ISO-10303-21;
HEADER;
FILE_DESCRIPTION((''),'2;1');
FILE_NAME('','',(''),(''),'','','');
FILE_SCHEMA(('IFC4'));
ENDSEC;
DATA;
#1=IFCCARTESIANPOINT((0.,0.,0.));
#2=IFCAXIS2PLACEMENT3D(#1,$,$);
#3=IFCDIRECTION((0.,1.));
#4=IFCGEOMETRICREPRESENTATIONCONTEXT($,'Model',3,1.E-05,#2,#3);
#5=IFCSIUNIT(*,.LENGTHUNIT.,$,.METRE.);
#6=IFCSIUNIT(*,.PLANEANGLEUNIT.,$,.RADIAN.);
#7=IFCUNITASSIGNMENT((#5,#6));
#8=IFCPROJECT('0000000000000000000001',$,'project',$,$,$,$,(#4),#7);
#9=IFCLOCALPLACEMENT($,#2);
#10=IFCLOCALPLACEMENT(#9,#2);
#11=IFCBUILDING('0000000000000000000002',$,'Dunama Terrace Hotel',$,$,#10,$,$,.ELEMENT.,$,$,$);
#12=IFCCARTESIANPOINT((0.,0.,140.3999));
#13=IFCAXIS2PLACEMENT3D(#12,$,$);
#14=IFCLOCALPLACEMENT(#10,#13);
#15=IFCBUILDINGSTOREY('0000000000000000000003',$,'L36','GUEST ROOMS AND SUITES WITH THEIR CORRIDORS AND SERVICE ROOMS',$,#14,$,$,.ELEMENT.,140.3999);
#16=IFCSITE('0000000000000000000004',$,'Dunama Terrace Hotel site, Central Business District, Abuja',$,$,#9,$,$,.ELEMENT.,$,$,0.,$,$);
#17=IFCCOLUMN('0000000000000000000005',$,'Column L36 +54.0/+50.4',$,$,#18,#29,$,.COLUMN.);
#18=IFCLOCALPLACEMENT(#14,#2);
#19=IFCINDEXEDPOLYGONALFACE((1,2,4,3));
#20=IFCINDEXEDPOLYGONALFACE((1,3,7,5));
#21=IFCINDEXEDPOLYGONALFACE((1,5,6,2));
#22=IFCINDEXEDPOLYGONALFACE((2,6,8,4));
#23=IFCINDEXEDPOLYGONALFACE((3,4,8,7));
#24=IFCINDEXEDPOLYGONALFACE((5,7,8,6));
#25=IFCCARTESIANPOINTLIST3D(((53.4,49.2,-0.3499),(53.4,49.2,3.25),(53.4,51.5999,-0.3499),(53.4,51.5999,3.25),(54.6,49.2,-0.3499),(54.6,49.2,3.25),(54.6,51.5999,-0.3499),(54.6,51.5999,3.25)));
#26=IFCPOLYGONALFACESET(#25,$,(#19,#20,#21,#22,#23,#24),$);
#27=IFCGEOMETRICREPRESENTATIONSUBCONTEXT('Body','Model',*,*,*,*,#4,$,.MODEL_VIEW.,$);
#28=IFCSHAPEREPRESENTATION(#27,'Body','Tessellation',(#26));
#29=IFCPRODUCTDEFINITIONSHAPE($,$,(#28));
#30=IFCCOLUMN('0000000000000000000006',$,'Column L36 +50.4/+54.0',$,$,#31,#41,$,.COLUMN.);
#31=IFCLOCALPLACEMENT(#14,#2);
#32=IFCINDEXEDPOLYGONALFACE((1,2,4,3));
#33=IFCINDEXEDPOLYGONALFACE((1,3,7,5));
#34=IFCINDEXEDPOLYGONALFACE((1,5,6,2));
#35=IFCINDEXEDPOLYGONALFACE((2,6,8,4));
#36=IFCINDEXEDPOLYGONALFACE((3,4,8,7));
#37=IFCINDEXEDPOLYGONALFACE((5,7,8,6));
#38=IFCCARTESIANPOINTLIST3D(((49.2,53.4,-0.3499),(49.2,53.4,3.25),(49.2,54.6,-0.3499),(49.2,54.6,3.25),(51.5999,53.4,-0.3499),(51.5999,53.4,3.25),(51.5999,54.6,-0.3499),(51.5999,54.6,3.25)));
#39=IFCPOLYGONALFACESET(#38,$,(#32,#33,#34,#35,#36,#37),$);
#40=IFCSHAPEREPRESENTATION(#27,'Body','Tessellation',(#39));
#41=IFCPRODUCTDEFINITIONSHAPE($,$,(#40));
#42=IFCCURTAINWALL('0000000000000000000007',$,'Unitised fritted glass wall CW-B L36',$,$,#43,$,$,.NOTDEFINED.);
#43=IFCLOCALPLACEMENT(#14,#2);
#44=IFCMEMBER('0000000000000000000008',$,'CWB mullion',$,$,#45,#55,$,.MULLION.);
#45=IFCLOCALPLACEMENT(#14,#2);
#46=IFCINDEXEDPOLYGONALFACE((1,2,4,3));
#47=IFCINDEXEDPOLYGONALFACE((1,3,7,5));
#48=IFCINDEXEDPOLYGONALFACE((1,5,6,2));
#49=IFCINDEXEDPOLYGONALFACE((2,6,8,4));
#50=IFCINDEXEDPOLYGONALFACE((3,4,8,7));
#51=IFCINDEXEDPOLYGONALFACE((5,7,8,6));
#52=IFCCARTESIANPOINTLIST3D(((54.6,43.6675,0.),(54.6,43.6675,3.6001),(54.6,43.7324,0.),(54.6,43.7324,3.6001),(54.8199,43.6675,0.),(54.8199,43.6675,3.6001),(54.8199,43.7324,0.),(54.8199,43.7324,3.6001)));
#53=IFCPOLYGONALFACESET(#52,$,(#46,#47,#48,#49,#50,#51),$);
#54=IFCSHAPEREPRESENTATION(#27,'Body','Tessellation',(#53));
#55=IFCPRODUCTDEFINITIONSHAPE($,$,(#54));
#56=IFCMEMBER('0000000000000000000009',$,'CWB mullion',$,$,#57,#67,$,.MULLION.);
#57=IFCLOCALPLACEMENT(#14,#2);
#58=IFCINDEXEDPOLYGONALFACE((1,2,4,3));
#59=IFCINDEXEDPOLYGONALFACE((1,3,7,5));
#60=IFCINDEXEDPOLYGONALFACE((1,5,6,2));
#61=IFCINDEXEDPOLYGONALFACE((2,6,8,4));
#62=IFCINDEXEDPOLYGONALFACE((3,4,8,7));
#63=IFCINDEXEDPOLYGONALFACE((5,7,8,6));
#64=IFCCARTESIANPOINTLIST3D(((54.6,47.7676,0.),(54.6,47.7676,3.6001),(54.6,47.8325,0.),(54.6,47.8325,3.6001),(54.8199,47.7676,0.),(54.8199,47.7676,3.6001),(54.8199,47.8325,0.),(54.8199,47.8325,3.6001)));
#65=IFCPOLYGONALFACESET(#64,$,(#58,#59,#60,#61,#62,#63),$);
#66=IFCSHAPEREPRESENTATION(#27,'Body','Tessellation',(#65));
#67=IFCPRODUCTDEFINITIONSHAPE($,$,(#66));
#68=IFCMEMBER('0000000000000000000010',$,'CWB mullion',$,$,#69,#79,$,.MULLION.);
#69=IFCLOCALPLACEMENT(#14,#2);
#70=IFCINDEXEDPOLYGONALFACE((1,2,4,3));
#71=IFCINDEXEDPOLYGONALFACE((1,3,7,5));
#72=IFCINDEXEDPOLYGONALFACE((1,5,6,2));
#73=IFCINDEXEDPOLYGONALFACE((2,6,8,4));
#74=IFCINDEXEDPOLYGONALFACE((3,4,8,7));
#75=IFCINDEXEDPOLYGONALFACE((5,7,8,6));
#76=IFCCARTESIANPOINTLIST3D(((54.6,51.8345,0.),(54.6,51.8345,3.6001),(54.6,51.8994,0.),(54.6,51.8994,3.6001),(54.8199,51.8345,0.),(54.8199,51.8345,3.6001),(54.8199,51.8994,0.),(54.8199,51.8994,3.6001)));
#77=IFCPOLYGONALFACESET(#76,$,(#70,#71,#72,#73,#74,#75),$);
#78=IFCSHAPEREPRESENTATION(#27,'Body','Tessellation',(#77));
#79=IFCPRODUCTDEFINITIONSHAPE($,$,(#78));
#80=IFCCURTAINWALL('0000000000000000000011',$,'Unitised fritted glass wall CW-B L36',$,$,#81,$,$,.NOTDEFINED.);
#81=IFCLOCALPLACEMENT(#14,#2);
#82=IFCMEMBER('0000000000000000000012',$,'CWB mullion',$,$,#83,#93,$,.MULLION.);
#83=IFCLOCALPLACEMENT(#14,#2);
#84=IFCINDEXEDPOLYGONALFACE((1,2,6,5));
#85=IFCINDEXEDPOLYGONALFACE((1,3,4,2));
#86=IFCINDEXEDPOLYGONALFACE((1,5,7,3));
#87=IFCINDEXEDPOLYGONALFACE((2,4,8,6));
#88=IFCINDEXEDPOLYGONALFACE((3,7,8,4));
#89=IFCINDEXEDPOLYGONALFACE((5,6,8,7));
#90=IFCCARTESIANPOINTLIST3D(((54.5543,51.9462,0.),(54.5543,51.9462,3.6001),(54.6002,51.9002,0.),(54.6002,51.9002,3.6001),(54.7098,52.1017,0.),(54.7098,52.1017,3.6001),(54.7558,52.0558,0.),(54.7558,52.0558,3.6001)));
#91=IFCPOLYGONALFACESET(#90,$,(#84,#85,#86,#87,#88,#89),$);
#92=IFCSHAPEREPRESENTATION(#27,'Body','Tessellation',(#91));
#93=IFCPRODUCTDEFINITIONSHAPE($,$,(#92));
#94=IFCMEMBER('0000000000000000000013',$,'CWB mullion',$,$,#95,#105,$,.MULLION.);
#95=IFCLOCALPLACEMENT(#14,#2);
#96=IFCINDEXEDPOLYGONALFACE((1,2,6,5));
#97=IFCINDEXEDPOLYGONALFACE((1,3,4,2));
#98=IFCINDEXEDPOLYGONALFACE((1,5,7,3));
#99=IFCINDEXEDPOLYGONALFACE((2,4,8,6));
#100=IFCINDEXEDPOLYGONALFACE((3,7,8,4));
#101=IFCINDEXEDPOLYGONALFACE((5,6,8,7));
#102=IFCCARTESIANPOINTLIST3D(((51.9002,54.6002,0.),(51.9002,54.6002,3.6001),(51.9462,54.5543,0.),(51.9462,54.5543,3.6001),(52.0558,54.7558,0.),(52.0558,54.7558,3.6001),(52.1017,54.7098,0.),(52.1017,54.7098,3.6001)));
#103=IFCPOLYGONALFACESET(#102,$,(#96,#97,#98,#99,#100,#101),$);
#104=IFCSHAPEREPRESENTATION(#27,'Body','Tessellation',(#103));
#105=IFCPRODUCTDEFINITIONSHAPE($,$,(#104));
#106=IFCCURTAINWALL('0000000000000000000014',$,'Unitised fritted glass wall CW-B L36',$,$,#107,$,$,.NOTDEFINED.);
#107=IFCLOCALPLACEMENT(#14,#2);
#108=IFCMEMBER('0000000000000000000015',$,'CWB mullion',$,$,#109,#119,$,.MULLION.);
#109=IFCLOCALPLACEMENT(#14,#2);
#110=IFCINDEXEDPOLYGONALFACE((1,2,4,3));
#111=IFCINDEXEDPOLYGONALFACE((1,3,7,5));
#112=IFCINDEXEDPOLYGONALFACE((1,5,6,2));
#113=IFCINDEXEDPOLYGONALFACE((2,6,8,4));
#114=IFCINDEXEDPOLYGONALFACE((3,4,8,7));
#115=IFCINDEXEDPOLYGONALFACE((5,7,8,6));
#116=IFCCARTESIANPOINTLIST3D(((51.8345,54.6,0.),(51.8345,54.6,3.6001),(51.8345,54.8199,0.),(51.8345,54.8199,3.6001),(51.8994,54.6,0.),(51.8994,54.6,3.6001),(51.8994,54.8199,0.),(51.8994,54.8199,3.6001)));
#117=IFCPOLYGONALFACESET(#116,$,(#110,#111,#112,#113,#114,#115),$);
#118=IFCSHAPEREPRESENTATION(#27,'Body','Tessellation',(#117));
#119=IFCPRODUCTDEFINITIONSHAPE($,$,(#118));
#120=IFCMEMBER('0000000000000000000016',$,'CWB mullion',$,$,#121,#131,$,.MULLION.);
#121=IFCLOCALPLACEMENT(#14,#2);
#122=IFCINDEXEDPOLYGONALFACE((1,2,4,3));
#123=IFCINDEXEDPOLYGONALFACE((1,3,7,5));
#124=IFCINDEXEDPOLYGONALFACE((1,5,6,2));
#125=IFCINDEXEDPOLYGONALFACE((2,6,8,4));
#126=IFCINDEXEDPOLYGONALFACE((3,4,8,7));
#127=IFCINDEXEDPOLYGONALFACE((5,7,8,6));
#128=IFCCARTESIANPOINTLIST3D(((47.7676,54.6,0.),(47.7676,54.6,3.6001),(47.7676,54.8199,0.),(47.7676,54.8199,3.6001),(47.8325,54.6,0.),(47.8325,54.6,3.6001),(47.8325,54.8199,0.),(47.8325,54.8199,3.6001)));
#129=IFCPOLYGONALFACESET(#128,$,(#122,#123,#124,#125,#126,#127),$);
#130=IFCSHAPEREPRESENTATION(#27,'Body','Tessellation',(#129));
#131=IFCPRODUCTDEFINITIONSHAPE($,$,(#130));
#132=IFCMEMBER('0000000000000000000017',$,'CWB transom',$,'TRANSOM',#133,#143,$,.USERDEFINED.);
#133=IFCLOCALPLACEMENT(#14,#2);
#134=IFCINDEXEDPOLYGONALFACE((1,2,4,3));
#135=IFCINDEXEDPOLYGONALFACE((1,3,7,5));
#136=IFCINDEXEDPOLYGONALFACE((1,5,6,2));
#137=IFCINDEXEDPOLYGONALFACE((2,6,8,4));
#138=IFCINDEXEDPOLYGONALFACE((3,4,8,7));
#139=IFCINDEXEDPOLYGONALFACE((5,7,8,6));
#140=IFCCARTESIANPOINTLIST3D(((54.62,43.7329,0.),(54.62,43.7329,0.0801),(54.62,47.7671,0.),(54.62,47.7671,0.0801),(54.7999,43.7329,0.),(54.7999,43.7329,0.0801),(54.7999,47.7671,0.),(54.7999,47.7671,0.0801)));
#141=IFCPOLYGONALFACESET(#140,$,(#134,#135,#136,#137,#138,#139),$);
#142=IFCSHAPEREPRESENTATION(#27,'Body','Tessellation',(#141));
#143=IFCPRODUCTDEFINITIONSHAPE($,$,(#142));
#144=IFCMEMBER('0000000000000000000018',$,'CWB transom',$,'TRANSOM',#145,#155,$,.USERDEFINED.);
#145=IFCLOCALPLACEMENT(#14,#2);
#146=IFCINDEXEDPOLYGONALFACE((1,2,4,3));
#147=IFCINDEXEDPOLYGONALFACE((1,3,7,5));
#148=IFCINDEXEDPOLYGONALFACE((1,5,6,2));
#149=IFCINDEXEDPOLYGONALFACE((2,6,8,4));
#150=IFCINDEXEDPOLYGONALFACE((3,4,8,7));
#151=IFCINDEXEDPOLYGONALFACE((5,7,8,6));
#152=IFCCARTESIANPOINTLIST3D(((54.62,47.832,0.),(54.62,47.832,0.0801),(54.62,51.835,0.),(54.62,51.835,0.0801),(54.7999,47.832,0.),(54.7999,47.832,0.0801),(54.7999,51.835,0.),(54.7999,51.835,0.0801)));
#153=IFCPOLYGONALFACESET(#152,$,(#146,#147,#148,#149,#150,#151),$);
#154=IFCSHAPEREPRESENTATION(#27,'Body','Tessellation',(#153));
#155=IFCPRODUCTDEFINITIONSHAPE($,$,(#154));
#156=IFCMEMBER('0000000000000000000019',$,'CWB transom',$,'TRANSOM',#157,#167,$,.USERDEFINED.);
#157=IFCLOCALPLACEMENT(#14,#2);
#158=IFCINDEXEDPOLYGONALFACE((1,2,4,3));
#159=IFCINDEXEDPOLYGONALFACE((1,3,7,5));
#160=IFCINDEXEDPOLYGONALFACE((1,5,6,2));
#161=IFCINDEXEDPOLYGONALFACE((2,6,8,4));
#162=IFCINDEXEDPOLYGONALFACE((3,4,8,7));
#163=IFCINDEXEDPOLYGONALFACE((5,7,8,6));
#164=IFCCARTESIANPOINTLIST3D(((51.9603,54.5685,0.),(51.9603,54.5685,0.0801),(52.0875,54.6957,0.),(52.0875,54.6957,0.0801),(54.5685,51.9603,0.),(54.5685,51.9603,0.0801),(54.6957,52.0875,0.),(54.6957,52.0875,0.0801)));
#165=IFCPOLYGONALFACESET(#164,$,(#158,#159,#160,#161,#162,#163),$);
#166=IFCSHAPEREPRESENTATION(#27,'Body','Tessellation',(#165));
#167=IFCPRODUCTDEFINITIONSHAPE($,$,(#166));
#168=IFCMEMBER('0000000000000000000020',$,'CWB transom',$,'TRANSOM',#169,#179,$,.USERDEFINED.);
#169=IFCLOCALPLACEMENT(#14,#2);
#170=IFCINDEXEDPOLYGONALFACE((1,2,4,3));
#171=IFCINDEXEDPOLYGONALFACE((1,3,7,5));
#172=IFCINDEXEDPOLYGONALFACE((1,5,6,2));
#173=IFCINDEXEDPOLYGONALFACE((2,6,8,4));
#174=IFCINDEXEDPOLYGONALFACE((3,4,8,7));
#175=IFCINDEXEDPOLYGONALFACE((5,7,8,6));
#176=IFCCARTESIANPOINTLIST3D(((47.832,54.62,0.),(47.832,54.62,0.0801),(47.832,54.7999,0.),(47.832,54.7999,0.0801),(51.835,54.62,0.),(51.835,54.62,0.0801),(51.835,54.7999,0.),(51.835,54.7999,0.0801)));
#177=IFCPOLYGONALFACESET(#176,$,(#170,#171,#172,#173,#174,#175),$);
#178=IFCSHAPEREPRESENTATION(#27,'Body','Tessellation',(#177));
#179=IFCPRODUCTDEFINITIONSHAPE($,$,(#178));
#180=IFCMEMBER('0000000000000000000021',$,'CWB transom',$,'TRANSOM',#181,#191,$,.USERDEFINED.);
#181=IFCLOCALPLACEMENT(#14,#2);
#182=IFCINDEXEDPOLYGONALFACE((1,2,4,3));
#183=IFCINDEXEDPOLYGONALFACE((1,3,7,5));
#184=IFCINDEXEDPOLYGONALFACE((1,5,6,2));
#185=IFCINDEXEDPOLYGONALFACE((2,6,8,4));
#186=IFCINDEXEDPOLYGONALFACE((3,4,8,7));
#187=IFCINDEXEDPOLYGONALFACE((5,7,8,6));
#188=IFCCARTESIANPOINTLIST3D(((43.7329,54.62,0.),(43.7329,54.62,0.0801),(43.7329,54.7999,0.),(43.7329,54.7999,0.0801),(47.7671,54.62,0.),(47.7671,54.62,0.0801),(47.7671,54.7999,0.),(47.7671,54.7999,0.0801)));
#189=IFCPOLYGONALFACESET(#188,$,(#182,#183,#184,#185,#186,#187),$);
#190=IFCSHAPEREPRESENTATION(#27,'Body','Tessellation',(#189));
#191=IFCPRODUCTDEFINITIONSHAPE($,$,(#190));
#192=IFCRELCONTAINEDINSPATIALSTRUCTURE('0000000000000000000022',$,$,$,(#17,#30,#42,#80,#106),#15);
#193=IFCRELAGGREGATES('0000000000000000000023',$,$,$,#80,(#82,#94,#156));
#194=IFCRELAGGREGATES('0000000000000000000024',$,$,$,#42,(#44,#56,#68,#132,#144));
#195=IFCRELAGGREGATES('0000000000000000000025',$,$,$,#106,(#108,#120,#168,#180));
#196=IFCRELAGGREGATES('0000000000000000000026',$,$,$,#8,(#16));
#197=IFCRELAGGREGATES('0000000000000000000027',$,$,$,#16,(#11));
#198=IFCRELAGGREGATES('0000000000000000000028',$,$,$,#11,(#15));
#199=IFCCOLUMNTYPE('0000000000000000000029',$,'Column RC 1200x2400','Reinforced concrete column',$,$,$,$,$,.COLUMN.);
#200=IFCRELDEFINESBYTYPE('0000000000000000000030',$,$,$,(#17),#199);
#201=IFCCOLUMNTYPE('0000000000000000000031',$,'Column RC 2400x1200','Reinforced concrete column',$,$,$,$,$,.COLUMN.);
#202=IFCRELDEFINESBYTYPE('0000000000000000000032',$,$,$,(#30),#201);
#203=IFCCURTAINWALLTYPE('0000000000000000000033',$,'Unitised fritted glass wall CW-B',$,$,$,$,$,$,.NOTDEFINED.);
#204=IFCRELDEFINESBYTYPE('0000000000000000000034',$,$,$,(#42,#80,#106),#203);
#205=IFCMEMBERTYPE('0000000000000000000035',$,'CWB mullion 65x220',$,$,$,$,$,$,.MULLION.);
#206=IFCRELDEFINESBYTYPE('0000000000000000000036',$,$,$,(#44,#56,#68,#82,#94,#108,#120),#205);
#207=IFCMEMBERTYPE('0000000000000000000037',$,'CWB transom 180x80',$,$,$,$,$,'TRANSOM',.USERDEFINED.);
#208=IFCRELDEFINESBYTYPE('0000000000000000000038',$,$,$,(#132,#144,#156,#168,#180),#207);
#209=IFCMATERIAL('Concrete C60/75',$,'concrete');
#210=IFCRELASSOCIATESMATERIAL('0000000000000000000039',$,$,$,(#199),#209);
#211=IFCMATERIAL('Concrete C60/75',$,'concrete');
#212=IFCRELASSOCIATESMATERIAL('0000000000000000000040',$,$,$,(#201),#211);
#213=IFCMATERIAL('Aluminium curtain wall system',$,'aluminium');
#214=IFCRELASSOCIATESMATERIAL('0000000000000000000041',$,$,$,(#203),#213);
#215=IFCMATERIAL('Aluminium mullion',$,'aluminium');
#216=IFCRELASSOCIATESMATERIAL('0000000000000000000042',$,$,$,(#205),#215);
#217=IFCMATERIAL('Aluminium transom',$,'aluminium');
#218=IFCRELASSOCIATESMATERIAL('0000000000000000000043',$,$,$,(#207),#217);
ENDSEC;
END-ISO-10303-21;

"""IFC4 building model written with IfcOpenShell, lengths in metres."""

from ifc_helpers import new_model, si_unit, direction, frame, origin, origin_2d, place, context, subcontext, project, spatial, rectangle, extrude, material, material_profile, profile_set, type_object, element, aggregate, save


model = new_model("IFC4")

# Units and contexts
model_context = context("Model", 3, precision=1e-05, world=origin(), true_north=direction((0.0, 1.0)))
body_context = subcontext(model_context, "Body", "Model", "MODEL_VIEW")
ifc_project = project(units=[si_unit("LENGTHUNIT", "METRE"), si_unit("PLANEANGLEUNIT", "RADIAN")], contexts=[model_context])

# Site, building, storey
site_placement = place(None, origin())
site = spatial("IfcSite", under=ifc_project, at=site_placement, Name="Dunama Terrace Hotel site, Central Business District, Abuja", CompositionType="ELEMENT", RefElevation=0.0)
building_placement = place(site_placement, origin())
building = spatial("IfcBuilding", under=site, at=building_placement, Name="Dunama Terrace Hotel", CompositionType="ELEMENT")
storey_placement = place(building_placement, frame((0.0, 0.0, 140.3999)))
storey = spatial("IfcBuildingStorey", under=building, at=storey_placement, Name="L36", Description="GUEST ROOMS AND SUITES WITH THEIR CORRIDORS AND SERVICE ROOMS", CompositionType="ELEMENT", Elevation=140.3999)

# Columns
ifc_material_1 = material(Name="Concrete C60/75", Category="concrete")
ifc_material_profile_1 = material_profile(ifc_material_1, rectangle(XDim=1.2, YDim=2.3999, at=origin_2d()), Name="RC 1200x2400")
ifc_profile_set_1 = profile_set([ifc_material_profile_1], Name="Concrete C60/75")
column_type_1 = type_object("IfcColumnType", Name="Column RC 1200x2400", Description="Reinforced concrete column", PredefinedType="COLUMN", material=ifc_profile_set_1)
column_1_placement = place(storey_placement, frame((54.0, 50.3999, -0.3499), z_axis=(0.0, 0.0, 1.0), x_axis=(1.0, 0.0, 0.0)))
element("IfcColumn", 1, at=column_1_placement, inside=storey, type_object=column_type_1, Name="Column L36 +54.0/+50.4", PredefinedType="COLUMN", context=body_context, shape_type="SweptSolid", body=[
    extrude(rectangle(XDim=1.2, YDim=2.3999, at=origin_2d()), origin(), (0.0, 0.0, 1.0), 3.5999),
])
ifc_material_2 = material(Name="Concrete C60/75", Category="concrete")
ifc_material_profile_2 = material_profile(ifc_material_2, rectangle(XDim=2.3999, YDim=1.2, at=origin_2d()), Name="RC 2400x1200")
ifc_profile_set_2 = profile_set([ifc_material_profile_2], Name="Concrete C60/75")
column_type_2 = type_object("IfcColumnType", Name="Column RC 2400x1200", Description="Reinforced concrete column", PredefinedType="COLUMN", material=ifc_profile_set_2)
column_2_placement = place(storey_placement, frame((50.3999, 54.0, -0.3499), z_axis=(0.0, 0.0, 1.0), x_axis=(1.0, 0.0, 0.0)))
element("IfcColumn", 2, at=column_2_placement, inside=storey, type_object=column_type_2, Name="Column L36 +50.4/+54.0", PredefinedType="COLUMN", context=body_context, shape_type="SweptSolid", body=[
    extrude(rectangle(XDim=2.3999, YDim=1.2, at=origin_2d()), origin(), (0.0, 0.0, 1.0), 3.5999),
])

# Curtain walls, members
ifc_material_3 = material(Name="Aluminium curtain wall system", Category="aluminium")
curtain_wall_type = type_object("IfcCurtainWallType", Name="Unitised fritted glass wall CW-B", PredefinedType="NOTDEFINED", material=ifc_material_3)
curtain_wall_1_placement = place(storey_placement, origin())
curtain_wall_1 = element("IfcCurtainWall", 3, at=curtain_wall_1_placement, inside=storey, type_object=curtain_wall_type, Name="Unitised fritted glass wall CW-B L36", PredefinedType="NOTDEFINED")
ifc_material_4 = material(Name="Aluminium mullion", Category="aluminium")
ifc_material_profile_3 = material_profile(ifc_material_4, rectangle(XDim=0.0649, YDim=0.22, at=origin_2d()), Name="CWB MULLION 65X220")
ifc_profile_set_3 = profile_set([ifc_material_profile_3], Name="Aluminium mullion")
member_type_1 = type_object("IfcMemberType", Name="CWB mullion 65x220", PredefinedType="MULLION", material=ifc_profile_set_3)
member_1_placement = place(storey_placement, frame((54.71, 43.7, 0.0), z_axis=(0.0, 0.0, 1.0), x_axis=(0.0, 1.0, 0.0)))
member_1 = element("IfcMember", 4, at=member_1_placement, type_object=member_type_1, Name="CWB mullion", PredefinedType="MULLION", context=body_context, shape_type="SweptSolid", body=[
    extrude(rectangle(XDim=0.0649, YDim=0.22, at=origin_2d()), origin(), (0.0, 0.0, 1.0), 3.6001),
])
member_2_placement = place(storey_placement, frame((54.71, 47.8, 0.0), z_axis=(0.0, 0.0, 1.0), x_axis=(0.0, 1.0, 0.0)))
member_2 = element("IfcMember", 5, at=member_2_placement, type_object=member_type_1, Name="CWB mullion", PredefinedType="MULLION", context=body_context, shape_type="SweptSolid", body=[
    extrude(rectangle(XDim=0.0649, YDim=0.22, at=origin_2d()), origin(), (0.0, 0.0, 1.0), 3.6001),
])
member_3_placement = place(storey_placement, frame((54.71, 51.8669, 0.0), z_axis=(0.0, 0.0, 1.0), x_axis=(0.0, 1.0, 0.0)))
member_3 = element("IfcMember", 6, at=member_3_placement, type_object=member_type_1, Name="CWB mullion", PredefinedType="MULLION", context=body_context, shape_type="SweptSolid", body=[
    extrude(rectangle(XDim=0.0649, YDim=0.22, at=origin_2d()), origin(), (0.0, 0.0, 1.0), 3.6001),
])
curtain_wall_2_placement = place(storey_placement, origin())
curtain_wall_2 = element("IfcCurtainWall", 7, at=curtain_wall_2_placement, inside=storey, type_object=curtain_wall_type, Name="Unitised fritted glass wall CW-B L36", PredefinedType="NOTDEFINED")
member_4_placement = place(storey_placement, frame((54.655, 52.001, 0.0), z_axis=(0.0, 0.0, 1.0), x_axis=(-0.707107, 0.707107, 0.0)))
member_4 = element("IfcMember", 8, at=member_4_placement, type_object=member_type_1, Name="CWB mullion", PredefinedType="MULLION", context=body_context, shape_type="SweptSolid", body=[
    extrude(rectangle(XDim=0.0649, YDim=0.22, at=origin_2d()), origin(), (0.0, 0.0, 1.0), 3.6001),
])
member_5_placement = place(storey_placement, frame((52.001, 54.655, 0.0), z_axis=(0.0, 0.0, 1.0), x_axis=(-0.707107, 0.707107, 0.0)))
member_5 = element("IfcMember", 9, at=member_5_placement, type_object=member_type_1, Name="CWB mullion", PredefinedType="MULLION", context=body_context, shape_type="SweptSolid", body=[
    extrude(rectangle(XDim=0.0649, YDim=0.22, at=origin_2d()), origin(), (0.0, 0.0, 1.0), 3.6001),
])
curtain_wall_3_placement = place(storey_placement, origin())
curtain_wall_3 = element("IfcCurtainWall", 10, at=curtain_wall_3_placement, inside=storey, type_object=curtain_wall_type, Name="Unitised fritted glass wall CW-B L36", PredefinedType="NOTDEFINED")
member_6_placement = place(storey_placement, frame((51.8669, 54.71, 0.0), z_axis=(0.0, 0.0, 1.0), x_axis=(-1.0, 0.0, 0.0)))
member_6 = element("IfcMember", 11, at=member_6_placement, type_object=member_type_1, Name="CWB mullion", PredefinedType="MULLION", context=body_context, shape_type="SweptSolid", body=[
    extrude(rectangle(XDim=0.0649, YDim=0.22, at=origin_2d()), origin(), (0.0, 0.0, 1.0), 3.6001),
])
member_7_placement = place(storey_placement, frame((47.8, 54.71, 0.0), z_axis=(0.0, 0.0, 1.0), x_axis=(-1.0, 0.0, 0.0)))
member_7 = element("IfcMember", 12, at=member_7_placement, type_object=member_type_1, Name="CWB mullion", PredefinedType="MULLION", context=body_context, shape_type="SweptSolid", body=[
    extrude(rectangle(XDim=0.0649, YDim=0.22, at=origin_2d()), origin(), (0.0, 0.0, 1.0), 3.6001),
])

# Members
ifc_material_5 = material(Name="Aluminium transom", Category="aluminium")
ifc_material_profile_4 = material_profile(ifc_material_5, rectangle(XDim=0.1799, YDim=0.0801, at=origin_2d()), Name="CWB TRANSOM 180X80")
ifc_profile_set_4 = profile_set([ifc_material_profile_4], Name="Aluminium transom")
member_type_2 = type_object("IfcMemberType", Name="CWB transom 180x80", ElementType="TRANSOM", PredefinedType="USERDEFINED", material=ifc_profile_set_4)
member_8_placement = place(storey_placement, frame((54.71, 43.7329, 0.04), z_axis=(0.0, 1.0, 0.0), x_axis=(-1.0, 0.0, 0.0)))
member_8 = element("IfcMember", 13, at=member_8_placement, type_object=member_type_2, Name="CWB transom", ObjectType="TRANSOM", PredefinedType="USERDEFINED", context=body_context, shape_type="SweptSolid", body=[
    extrude(rectangle(XDim=0.1799, YDim=0.0801, at=origin_2d()), origin(), (0.0, 0.0, 1.0), 4.0342),
])
member_9_placement = place(storey_placement, frame((54.71, 47.832, 0.04), z_axis=(0.0, 1.0, 0.0), x_axis=(-1.0, 0.0, 0.0)))
member_9 = element("IfcMember", 14, at=member_9_placement, type_object=member_type_2, Name="CWB transom", ObjectType="TRANSOM", PredefinedType="USERDEFINED", context=body_context, shape_type="SweptSolid", body=[
    extrude(rectangle(XDim=0.1799, YDim=0.0801, at=origin_2d()), origin(), (0.0, 0.0, 1.0), 4.0029),
])
member_10_placement = place(storey_placement, frame((54.6321, 52.0239, 0.04), z_axis=(-0.707107, 0.707107, 0.0), x_axis=(-0.707107, -0.707107, 0.0)))
member_10 = element("IfcMember", 15, at=member_10_placement, type_object=member_type_2, Name="CWB transom", ObjectType="TRANSOM", PredefinedType="USERDEFINED", context=body_context, shape_type="SweptSolid", body=[
    extrude(rectangle(XDim=0.1799, YDim=0.0801, at=origin_2d()), origin(), (0.0, 0.0, 1.0), 3.6885),
])
member_11_placement = place(storey_placement, frame((51.835, 54.71, 0.04), z_axis=(-1.0, 0.0, 0.0), x_axis=(0.0, -1.0, 0.0)))
member_11 = element("IfcMember", 16, at=member_11_placement, type_object=member_type_2, Name="CWB transom", ObjectType="TRANSOM", PredefinedType="USERDEFINED", context=body_context, shape_type="SweptSolid", body=[
    extrude(rectangle(XDim=0.1799, YDim=0.0801, at=origin_2d()), origin(), (0.0, 0.0, 1.0), 4.0029),
])
member_12_placement = place(storey_placement, frame((47.7671, 54.71, 0.04), z_axis=(-1.0, 0.0, 0.0), x_axis=(0.0, -1.0, 0.0)))
member_12 = element("IfcMember", 17, at=member_12_placement, type_object=member_type_2, Name="CWB transom", ObjectType="TRANSOM", PredefinedType="USERDEFINED", context=body_context, shape_type="SweptSolid", body=[
    extrude(rectangle(XDim=0.1799, YDim=0.0801, at=origin_2d()), origin(), (0.0, 0.0, 1.0), 4.0342),
])

aggregate(curtain_wall_2, [member_4, member_5, member_10])
aggregate(curtain_wall_1, [member_1, member_2, member_3, member_8, member_9])
aggregate(curtain_wall_3, [member_6, member_7, member_11, member_12])

save(model, "model.ifc")
